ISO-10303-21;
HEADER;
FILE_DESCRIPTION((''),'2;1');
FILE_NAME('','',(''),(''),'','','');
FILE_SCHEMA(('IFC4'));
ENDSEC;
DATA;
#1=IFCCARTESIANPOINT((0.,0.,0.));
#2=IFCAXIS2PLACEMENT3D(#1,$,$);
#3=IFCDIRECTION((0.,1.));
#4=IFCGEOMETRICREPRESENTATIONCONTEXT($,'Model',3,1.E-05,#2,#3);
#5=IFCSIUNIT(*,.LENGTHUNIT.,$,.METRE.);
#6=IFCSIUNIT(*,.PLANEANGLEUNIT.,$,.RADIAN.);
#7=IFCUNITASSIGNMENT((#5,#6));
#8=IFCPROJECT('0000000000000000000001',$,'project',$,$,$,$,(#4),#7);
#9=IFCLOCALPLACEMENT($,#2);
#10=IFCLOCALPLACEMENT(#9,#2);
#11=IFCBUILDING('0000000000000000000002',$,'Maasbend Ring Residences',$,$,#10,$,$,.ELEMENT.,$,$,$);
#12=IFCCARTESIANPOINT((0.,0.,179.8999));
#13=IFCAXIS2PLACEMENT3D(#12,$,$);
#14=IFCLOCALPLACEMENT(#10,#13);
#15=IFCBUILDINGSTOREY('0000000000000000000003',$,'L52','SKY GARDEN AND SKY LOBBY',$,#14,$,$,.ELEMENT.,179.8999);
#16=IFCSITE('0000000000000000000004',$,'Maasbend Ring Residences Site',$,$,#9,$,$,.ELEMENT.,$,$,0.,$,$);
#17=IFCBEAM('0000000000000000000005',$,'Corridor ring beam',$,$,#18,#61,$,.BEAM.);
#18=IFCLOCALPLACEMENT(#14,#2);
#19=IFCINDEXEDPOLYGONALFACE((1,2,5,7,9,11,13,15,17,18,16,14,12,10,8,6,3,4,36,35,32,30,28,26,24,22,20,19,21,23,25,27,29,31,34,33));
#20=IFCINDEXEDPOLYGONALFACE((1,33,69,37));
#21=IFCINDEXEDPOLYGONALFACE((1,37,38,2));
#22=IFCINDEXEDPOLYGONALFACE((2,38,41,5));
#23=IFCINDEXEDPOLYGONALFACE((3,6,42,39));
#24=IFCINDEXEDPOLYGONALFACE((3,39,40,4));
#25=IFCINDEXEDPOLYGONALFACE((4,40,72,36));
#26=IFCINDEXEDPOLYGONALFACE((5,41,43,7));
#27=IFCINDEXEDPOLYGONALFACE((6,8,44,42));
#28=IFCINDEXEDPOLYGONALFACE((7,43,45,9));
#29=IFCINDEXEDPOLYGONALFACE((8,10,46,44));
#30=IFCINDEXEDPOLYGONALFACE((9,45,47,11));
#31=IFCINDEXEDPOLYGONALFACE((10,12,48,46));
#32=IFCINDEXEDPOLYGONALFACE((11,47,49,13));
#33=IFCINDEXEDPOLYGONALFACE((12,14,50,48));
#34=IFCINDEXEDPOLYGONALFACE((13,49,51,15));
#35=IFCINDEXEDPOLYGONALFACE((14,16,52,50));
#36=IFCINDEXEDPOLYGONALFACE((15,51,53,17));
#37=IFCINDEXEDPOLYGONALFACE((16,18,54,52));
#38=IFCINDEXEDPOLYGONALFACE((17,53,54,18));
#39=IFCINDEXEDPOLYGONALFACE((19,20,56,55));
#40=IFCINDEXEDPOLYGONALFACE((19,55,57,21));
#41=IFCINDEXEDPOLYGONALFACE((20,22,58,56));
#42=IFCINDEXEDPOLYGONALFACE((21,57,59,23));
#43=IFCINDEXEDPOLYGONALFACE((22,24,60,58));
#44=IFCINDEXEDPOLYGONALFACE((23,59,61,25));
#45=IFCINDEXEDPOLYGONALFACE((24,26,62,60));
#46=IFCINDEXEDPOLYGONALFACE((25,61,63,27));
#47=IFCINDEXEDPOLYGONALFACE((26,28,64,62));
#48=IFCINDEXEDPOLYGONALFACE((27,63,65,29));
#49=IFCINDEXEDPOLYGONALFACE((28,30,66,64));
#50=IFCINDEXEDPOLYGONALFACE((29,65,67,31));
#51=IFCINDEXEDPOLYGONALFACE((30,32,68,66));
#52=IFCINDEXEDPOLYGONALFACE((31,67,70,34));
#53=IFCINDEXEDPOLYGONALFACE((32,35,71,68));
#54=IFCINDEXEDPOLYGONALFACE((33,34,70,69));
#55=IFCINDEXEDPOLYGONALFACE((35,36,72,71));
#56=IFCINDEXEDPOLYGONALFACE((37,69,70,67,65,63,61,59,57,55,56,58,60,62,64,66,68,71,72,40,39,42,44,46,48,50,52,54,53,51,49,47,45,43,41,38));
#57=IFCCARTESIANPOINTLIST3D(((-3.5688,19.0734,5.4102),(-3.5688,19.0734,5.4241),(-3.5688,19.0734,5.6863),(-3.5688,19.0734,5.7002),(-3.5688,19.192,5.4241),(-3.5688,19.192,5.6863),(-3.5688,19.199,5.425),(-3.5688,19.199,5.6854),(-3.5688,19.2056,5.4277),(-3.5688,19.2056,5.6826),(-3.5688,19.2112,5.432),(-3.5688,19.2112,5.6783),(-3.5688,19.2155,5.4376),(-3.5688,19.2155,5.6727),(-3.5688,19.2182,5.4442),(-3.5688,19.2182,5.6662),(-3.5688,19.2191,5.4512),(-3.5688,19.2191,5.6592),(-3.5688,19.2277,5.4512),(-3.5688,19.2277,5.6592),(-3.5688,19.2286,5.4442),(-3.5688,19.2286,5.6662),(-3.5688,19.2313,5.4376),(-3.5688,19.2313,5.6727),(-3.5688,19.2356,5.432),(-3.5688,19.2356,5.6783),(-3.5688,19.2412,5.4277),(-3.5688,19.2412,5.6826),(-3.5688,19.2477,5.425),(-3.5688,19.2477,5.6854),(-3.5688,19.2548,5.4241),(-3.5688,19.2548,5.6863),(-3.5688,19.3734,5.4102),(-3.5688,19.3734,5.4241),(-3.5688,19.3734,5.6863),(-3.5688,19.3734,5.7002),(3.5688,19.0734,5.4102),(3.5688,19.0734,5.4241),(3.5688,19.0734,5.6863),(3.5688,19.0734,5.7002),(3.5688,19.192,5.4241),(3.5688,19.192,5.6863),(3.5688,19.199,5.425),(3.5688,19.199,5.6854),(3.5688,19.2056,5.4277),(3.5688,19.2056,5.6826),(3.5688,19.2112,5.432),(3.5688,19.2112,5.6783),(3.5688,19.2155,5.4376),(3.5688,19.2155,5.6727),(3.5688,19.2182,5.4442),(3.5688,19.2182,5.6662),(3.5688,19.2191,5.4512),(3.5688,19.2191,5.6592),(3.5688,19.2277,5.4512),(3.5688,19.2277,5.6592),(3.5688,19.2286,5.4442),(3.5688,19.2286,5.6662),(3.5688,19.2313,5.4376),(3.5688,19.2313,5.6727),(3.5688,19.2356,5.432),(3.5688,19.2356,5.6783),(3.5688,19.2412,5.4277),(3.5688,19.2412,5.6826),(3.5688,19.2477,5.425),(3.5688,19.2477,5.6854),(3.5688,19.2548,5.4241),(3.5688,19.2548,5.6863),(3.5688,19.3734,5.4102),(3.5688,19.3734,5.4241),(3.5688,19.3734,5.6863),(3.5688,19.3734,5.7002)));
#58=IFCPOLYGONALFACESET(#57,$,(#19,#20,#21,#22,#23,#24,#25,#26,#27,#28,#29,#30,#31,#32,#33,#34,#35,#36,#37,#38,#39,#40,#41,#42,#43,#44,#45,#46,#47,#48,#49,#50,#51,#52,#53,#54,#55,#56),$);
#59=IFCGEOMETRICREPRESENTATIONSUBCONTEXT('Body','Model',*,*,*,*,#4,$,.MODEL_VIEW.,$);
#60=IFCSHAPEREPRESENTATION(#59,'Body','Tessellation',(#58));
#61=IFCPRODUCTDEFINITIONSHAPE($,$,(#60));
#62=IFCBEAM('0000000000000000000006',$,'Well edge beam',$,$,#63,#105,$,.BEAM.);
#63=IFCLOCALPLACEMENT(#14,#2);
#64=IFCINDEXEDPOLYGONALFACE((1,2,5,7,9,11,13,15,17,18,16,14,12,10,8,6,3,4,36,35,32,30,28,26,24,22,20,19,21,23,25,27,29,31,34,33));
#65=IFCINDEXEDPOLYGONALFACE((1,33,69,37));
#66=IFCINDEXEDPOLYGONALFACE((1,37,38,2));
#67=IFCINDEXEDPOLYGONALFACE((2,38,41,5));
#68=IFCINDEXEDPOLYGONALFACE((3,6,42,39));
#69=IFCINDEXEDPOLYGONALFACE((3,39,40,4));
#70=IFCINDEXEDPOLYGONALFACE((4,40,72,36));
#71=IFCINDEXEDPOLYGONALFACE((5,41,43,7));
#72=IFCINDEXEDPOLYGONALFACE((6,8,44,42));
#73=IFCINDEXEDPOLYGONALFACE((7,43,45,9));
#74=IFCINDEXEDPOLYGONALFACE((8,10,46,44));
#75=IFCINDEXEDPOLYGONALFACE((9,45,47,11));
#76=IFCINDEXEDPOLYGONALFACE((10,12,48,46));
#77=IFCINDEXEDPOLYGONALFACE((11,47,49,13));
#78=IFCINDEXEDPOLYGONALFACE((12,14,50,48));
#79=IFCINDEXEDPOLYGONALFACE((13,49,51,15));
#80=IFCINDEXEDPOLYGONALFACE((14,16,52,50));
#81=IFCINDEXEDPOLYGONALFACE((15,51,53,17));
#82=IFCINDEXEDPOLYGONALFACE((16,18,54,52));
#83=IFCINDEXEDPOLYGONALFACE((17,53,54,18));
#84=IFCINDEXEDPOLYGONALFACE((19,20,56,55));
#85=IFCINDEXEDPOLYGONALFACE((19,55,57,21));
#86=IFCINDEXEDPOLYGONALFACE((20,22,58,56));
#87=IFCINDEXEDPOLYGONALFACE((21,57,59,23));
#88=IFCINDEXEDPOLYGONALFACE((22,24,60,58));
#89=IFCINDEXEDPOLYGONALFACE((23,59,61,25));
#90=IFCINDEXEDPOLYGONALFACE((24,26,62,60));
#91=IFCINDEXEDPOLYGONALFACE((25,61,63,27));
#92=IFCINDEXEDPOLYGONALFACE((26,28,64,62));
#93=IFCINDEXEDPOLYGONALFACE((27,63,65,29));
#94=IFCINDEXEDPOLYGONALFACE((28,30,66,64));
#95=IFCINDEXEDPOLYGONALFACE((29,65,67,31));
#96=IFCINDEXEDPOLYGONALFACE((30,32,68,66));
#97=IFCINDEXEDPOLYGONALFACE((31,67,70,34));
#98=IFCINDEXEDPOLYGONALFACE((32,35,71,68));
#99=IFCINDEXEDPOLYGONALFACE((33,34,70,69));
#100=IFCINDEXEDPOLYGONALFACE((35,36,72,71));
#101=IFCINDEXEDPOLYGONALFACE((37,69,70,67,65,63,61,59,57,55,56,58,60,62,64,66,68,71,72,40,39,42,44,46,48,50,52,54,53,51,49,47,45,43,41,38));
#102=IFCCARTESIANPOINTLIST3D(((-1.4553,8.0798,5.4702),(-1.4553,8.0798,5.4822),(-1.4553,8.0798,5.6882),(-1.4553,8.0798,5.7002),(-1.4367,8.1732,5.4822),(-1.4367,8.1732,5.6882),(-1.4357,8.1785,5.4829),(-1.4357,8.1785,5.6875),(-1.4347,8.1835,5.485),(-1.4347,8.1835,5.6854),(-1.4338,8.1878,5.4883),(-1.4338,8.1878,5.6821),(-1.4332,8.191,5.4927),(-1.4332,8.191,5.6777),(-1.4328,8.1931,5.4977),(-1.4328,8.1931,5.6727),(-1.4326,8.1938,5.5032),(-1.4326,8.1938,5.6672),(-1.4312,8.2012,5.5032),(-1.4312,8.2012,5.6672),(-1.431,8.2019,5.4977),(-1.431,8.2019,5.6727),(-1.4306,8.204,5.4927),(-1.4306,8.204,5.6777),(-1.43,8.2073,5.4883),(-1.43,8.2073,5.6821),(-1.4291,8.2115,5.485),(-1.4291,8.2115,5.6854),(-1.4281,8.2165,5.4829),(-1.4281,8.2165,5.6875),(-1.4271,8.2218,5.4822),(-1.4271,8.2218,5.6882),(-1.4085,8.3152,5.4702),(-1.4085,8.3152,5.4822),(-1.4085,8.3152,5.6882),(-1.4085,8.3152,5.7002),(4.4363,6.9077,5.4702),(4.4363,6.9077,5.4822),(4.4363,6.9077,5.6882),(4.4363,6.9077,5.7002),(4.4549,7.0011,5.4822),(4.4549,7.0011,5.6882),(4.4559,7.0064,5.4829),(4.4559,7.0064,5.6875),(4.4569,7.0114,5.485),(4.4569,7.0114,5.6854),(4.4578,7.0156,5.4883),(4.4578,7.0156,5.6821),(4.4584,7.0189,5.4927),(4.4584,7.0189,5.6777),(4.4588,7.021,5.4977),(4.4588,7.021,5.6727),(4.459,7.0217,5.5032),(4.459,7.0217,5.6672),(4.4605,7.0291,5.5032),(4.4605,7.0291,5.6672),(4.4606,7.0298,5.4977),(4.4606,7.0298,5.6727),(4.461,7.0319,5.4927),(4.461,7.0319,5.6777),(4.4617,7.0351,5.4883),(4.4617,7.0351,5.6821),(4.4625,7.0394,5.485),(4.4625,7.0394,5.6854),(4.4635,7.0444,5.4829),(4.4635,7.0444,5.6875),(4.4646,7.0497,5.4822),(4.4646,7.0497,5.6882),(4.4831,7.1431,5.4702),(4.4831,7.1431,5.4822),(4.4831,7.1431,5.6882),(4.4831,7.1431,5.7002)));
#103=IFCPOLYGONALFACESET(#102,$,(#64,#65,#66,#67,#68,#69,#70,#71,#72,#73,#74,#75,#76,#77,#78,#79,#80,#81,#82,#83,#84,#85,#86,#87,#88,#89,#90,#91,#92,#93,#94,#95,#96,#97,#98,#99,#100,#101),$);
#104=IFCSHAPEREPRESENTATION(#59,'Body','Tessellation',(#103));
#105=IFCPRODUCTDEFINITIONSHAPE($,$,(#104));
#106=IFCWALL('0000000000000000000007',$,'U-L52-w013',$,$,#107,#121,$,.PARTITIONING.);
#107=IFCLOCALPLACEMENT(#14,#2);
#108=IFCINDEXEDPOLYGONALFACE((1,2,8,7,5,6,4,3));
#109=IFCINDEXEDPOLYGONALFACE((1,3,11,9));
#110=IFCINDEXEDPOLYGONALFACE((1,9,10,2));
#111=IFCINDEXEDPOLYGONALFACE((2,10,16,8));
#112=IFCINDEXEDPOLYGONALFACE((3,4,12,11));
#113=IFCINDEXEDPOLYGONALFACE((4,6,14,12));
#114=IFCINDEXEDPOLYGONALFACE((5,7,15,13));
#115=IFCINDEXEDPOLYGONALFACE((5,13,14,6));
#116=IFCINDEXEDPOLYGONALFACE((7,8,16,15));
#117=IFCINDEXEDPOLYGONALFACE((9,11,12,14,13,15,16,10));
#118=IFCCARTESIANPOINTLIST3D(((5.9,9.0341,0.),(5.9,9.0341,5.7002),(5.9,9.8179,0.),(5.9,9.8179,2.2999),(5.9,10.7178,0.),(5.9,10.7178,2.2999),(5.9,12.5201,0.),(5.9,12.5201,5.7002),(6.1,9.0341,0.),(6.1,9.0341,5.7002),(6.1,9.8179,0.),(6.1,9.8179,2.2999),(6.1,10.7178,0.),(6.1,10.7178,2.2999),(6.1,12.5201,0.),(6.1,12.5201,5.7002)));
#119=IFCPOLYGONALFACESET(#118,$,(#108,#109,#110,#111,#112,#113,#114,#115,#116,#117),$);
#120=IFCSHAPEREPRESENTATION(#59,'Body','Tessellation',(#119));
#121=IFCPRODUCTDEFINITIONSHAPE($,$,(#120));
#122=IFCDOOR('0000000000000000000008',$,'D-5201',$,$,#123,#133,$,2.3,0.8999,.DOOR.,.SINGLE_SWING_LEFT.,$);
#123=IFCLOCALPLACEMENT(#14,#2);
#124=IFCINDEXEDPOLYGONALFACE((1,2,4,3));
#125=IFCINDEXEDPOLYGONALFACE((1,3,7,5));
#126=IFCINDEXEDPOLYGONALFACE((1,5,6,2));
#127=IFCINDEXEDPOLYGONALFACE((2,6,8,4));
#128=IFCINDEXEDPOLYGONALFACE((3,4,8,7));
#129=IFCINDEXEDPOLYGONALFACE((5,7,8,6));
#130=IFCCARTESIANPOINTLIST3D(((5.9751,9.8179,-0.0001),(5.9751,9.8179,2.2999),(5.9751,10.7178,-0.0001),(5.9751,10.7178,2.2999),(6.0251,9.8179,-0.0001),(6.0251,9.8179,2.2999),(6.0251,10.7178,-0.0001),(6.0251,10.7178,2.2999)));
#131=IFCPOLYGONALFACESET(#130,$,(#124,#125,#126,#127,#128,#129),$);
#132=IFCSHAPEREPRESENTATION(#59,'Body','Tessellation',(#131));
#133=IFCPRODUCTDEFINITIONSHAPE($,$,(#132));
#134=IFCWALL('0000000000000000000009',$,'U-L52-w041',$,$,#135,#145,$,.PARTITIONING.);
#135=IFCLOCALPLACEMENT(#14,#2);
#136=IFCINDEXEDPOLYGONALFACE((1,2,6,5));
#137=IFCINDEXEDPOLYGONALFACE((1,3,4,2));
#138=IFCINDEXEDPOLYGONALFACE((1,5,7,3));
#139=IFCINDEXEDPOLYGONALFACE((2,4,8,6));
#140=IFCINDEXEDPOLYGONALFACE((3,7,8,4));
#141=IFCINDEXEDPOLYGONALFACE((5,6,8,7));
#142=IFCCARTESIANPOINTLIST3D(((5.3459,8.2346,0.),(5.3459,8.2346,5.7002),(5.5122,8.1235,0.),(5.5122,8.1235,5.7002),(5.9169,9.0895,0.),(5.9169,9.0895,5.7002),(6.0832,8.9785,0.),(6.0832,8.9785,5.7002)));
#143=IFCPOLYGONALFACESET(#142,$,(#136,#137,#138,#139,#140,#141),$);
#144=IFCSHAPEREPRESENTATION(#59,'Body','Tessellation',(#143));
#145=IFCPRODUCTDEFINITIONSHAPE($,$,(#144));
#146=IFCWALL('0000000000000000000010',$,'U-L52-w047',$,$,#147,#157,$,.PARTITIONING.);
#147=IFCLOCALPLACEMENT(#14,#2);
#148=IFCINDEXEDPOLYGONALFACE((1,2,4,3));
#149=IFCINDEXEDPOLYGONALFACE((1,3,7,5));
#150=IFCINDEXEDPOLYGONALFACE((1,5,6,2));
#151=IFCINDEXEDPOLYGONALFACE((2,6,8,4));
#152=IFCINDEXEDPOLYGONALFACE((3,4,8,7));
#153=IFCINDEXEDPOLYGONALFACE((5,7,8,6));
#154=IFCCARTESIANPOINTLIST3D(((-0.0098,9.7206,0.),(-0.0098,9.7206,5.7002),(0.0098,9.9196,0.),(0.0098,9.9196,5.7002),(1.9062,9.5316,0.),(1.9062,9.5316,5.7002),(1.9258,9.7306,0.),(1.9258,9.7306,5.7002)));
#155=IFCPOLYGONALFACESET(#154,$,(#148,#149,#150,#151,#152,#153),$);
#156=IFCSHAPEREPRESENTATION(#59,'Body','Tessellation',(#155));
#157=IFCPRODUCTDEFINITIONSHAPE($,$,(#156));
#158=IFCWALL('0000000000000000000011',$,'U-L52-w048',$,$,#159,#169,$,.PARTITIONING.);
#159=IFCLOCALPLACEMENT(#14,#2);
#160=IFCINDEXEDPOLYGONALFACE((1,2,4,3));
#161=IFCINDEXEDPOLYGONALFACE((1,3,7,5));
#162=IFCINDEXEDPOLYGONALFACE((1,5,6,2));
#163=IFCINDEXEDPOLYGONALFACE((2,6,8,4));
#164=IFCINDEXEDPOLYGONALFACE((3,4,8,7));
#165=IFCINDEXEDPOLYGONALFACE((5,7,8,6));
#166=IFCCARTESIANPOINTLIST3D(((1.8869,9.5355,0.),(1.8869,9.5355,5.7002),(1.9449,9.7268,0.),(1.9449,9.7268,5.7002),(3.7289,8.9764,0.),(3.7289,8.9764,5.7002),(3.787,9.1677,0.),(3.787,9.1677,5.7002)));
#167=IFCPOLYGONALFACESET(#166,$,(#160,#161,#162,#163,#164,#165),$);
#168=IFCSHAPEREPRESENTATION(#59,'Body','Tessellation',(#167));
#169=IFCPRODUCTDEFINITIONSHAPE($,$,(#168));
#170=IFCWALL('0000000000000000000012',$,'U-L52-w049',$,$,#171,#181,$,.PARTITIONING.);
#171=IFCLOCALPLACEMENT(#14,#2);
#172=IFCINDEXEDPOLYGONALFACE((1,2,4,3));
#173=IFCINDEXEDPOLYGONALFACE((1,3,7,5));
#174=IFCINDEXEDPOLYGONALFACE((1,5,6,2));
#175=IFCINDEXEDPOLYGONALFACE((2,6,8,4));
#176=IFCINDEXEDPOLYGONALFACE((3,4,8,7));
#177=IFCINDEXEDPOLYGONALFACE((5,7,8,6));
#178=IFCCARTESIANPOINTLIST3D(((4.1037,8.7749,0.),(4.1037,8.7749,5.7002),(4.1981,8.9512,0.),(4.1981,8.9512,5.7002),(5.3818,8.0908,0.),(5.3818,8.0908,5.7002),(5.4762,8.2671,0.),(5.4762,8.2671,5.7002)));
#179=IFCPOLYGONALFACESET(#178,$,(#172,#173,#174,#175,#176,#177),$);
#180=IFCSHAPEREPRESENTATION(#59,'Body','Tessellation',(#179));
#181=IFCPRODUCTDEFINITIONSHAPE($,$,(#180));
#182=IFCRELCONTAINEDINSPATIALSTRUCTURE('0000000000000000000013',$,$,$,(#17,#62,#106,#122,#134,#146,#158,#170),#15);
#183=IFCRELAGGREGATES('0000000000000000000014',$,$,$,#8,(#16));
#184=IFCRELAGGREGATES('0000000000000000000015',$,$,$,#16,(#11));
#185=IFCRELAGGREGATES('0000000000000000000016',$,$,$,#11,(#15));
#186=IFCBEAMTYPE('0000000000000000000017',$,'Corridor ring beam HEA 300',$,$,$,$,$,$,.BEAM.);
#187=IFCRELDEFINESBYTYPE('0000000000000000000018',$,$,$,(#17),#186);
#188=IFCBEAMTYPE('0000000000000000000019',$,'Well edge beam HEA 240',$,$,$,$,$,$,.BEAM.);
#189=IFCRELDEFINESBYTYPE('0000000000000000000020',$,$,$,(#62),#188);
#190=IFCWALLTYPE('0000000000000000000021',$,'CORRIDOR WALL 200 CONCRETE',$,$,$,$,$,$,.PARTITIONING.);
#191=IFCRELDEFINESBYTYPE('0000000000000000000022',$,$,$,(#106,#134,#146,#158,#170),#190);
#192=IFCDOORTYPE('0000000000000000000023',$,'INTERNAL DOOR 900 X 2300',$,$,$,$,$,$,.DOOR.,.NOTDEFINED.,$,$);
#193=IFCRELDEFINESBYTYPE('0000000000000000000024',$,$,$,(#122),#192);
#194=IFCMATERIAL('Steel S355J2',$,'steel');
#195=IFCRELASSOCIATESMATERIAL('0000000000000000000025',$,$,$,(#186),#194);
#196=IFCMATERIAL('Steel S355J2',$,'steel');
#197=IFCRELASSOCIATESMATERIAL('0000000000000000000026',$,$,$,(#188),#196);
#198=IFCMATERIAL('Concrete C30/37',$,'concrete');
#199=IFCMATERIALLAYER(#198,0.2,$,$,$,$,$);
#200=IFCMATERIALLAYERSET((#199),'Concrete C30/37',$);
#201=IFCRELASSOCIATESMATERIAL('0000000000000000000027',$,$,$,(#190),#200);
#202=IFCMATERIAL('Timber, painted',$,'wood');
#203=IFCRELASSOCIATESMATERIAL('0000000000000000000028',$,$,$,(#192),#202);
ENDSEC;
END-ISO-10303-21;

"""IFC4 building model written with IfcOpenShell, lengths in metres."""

from ifc_helpers import new_model, si_unit, direction, frame, frame_2d, origin, origin_2d, place, context, subcontext, project, spatial, rectangle, i_section, extrude, material, layer, layer_set, material_profile, profile_set, type_object, element, fill, save


model = new_model("IFC4")

# Units and contexts
model_context = context("Model", 3, precision=1e-05, world=origin(), true_north=direction((0.0, 1.0)))
body_context = subcontext(model_context, "Body", "Model", "MODEL_VIEW")
ifc_project = project(units=[si_unit("LENGTHUNIT", "METRE"), si_unit("PLANEANGLEUNIT", "RADIAN")], contexts=[model_context])

# Site, building, storey
site_placement = place(None, origin())
site = spatial("IfcSite", under=ifc_project, at=site_placement, Name="Maasbend Ring Residences Site", CompositionType="ELEMENT", RefElevation=0.0)
building_placement = place(site_placement, origin())
building = spatial("IfcBuilding", under=site, at=building_placement, Name="Maasbend Ring Residences", CompositionType="ELEMENT")
storey_placement = place(building_placement, frame((0.0, 0.0, 179.8999)))
storey = spatial("IfcBuildingStorey", under=building, at=storey_placement, Name="L52", Description="SKY GARDEN AND SKY LOBBY", CompositionType="ELEMENT", Elevation=179.8999)

# Beams
ifc_material_1 = material(Name="Steel S355J2", Category="steel")
ifc_material_profile_1 = material_profile(ifc_material_1, i_section(OverallWidth=0.3, OverallDepth=0.29, WebThickness=0.0085, FlangeThickness=0.0139, FilletRadius=0.0271, at=origin_2d()), Name="HEA 300")
ifc_profile_set_1 = profile_set([ifc_material_profile_1], Name="Steel S355J2")
beam_type_1 = type_object("IfcBeamType", Name="Corridor ring beam HEA 300", PredefinedType="BEAM", material=ifc_profile_set_1)
beam_1_placement = place(storey_placement, frame((3.5688, 19.2234, 5.5552), z_axis=(-1.0, 0.0, 0.0), x_axis=(0.0, -1.0, 0.0)))
element("IfcBeam", 1, at=beam_1_placement, inside=storey, type_object=beam_type_1, Name="Corridor ring beam", PredefinedType="BEAM", context=body_context, shape_type="SweptSolid", body=[
    extrude(i_section(OverallWidth=0.3, OverallDepth=0.29, WebThickness=0.0085, FlangeThickness=0.0139, FilletRadius=0.0271, at=origin_2d()), origin(), (0.0, 0.0, 1.0), 7.1377),
])
ifc_material_2 = material(Name="Steel S355J2", Category="steel")
ifc_material_profile_2 = material_profile(ifc_material_2, i_section(OverallWidth=0.24, OverallDepth=0.23, WebThickness=0.0076, FlangeThickness=0.012, FilletRadius=0.021, at=origin_2d()), Name="HEA 240")
ifc_profile_set_2 = profile_set([ifc_material_profile_2], Name="Steel S355J2")
beam_type_2 = type_object("IfcBeamType", Name="Well edge beam HEA 240", PredefinedType="BEAM", material=ifc_profile_set_2)
beam_2_placement = place(storey_placement, frame((4.4597, 7.0254, 5.5852), z_axis=(-0.980779, 0.195123, 0.0), x_axis=(-0.195123, -0.980779, 0.0)))
element("IfcBeam", 2, at=beam_2_placement, inside=storey, type_object=beam_type_2, Name="Well edge beam", PredefinedType="BEAM", context=body_context, shape_type="SweptSolid", body=[
    extrude(i_section(OverallWidth=0.24, OverallDepth=0.23, WebThickness=0.0076, FlangeThickness=0.012, FilletRadius=0.021, at=origin_2d()), origin(), (0.0, 0.0, 1.0), 6.0071),
])

# Wall, opening, door
ifc_material_3 = material(Name="Concrete C30/37", Category="concrete")
ifc_layer_1 = layer(ifc_material_3, 0.2)
ifc_layer_set_1 = layer_set([ifc_layer_1], Name="Concrete C30/37")
wall_type_1 = type_object("IfcWallType", Name="CORRIDOR WALL 200 CONCRETE", PredefinedType="PARTITIONING", material=ifc_layer_set_1)
wall_1_placement = place(storey_placement, frame((6.0, 9.0339, 0.0), z_axis=(0.0, 0.0, 1.0), x_axis=(0.0, 1.0, 0.0)))
wall_1 = element("IfcWall", 3, at=wall_1_placement, inside=storey, type_object=wall_type_1, Name="U-L52-w013", PredefinedType="PARTITIONING", context=body_context, shape_type="SweptSolid", body=[
    extrude(rectangle(XDim=3.4861, YDim=0.2, at=frame_2d((1.7432, 0.0))), origin(), (0.0, 0.0, 1.0), 5.7002),
])
opening_1_placement = place(wall_1_placement, frame((0.7839, 0.0, 0.0)))
opening_1 = element("IfcOpeningElement", 4, at=opening_1_placement, cuts=wall_1, PredefinedType="OPENING", context=body_context, shape_type="SweptSolid", body=[
    extrude(rectangle(XDim=0.8999, YDim=2.3, at=frame_2d((0.45, 1.1499))), frame((0.0, 0.1099, 0.0), z_axis=(0.0, -1.0, 0.0), x_axis=(1.0, 0.0, 0.0)), (0.0, 0.0, 1.0), 0.22),
])
ifc_material_4 = material(Name="Timber, painted", Category="wood")
door_type_1 = type_object("IfcDoorType", Name="INTERNAL DOOR 900 X 2300", OperationType="NOTDEFINED", PredefinedType="DOOR", material=ifc_material_4)
door_1_placement = place(opening_1_placement, origin())
door_1 = element("IfcDoor", 5, at=door_1_placement, inside=storey, type_object=door_type_1, Name="D-5201", OperationType="SINGLE_SWING_LEFT", OverallHeight=2.3, OverallWidth=0.8999, PredefinedType="DOOR", context=body_context, shape_type="SweptSolid", body=[
    extrude(rectangle(XDim=0.8999, YDim=2.3, at=frame_2d((0.45, 1.1499))), frame((0.0, 0.0249, 0.0), z_axis=(0.0, -1.0, 0.0), x_axis=(1.0, 0.0, 0.0)), (0.0, 0.0, 1.0), 0.05),
])
fill(opening_1, door_1)

# Walls
wall_2_placement = place(storey_placement, frame((5.429, 8.179, 0.0), z_axis=(0.0, 0.0, 1.0), x_axis=(0.555412, 0.831575, 0.0)))
element("IfcWall", 6, at=wall_2_placement, inside=storey, type_object=wall_type_1, Name="U-L52-w041", PredefinedType="PARTITIONING", context=body_context, shape_type="SweptSolid", body=[
    extrude(rectangle(XDim=1.0281, YDim=0.2, at=frame_2d((0.5142, 0.0))), origin(), (0.0, 0.0, 1.0), 5.7002),
])
wall_3_placement = place(storey_placement, frame((0.0, 9.8201, 0.0), z_axis=(0.0, 0.0, 1.0), x_axis=(0.995172, -0.098148, 0.0)))
element("IfcWall", 7, at=wall_3_placement, inside=storey, type_object=wall_type_1, Name="U-L52-w047", PredefinedType="PARTITIONING", context=body_context, shape_type="SweptSolid", body=[
    extrude(rectangle(XDim=1.9253, YDim=0.2, at=frame_2d((0.9626, 0.0))), origin(), (0.0, 0.0, 1.0), 5.7002),
])
wall_4_placement = place(storey_placement, frame((1.916, 9.6311, 0.0), z_axis=(0.0, 0.0, 1.0), x_axis=(0.956896, -0.29043, 0.0)))
element("IfcWall", 8, at=wall_4_placement, inside=storey, type_object=wall_type_1, Name="U-L52-w048", PredefinedType="PARTITIONING", context=body_context, shape_type="SweptSolid", body=[
    extrude(rectangle(XDim=1.925, YDim=0.2, at=frame_2d((0.9624, 0.0))), origin(), (0.0, 0.0, 1.0), 5.7002),
])
wall_5_placement = place(storey_placement, frame((4.1509, 8.863, 0.0), z_axis=(0.0, 0.0, 1.0), x_axis=(0.881653, -0.471899, 0.0)))
element("IfcWall", 9, at=wall_5_placement, inside=storey, type_object=wall_type_1, Name="U-L52-w049", PredefinedType="PARTITIONING", context=body_context, shape_type="SweptSolid", body=[
    extrude(rectangle(XDim=1.4497, YDim=0.2, at=frame_2d((0.7249, 0.0))), origin(), (0.0, 0.0, 1.0), 5.7002),
])

save(model, "model.ifc")
